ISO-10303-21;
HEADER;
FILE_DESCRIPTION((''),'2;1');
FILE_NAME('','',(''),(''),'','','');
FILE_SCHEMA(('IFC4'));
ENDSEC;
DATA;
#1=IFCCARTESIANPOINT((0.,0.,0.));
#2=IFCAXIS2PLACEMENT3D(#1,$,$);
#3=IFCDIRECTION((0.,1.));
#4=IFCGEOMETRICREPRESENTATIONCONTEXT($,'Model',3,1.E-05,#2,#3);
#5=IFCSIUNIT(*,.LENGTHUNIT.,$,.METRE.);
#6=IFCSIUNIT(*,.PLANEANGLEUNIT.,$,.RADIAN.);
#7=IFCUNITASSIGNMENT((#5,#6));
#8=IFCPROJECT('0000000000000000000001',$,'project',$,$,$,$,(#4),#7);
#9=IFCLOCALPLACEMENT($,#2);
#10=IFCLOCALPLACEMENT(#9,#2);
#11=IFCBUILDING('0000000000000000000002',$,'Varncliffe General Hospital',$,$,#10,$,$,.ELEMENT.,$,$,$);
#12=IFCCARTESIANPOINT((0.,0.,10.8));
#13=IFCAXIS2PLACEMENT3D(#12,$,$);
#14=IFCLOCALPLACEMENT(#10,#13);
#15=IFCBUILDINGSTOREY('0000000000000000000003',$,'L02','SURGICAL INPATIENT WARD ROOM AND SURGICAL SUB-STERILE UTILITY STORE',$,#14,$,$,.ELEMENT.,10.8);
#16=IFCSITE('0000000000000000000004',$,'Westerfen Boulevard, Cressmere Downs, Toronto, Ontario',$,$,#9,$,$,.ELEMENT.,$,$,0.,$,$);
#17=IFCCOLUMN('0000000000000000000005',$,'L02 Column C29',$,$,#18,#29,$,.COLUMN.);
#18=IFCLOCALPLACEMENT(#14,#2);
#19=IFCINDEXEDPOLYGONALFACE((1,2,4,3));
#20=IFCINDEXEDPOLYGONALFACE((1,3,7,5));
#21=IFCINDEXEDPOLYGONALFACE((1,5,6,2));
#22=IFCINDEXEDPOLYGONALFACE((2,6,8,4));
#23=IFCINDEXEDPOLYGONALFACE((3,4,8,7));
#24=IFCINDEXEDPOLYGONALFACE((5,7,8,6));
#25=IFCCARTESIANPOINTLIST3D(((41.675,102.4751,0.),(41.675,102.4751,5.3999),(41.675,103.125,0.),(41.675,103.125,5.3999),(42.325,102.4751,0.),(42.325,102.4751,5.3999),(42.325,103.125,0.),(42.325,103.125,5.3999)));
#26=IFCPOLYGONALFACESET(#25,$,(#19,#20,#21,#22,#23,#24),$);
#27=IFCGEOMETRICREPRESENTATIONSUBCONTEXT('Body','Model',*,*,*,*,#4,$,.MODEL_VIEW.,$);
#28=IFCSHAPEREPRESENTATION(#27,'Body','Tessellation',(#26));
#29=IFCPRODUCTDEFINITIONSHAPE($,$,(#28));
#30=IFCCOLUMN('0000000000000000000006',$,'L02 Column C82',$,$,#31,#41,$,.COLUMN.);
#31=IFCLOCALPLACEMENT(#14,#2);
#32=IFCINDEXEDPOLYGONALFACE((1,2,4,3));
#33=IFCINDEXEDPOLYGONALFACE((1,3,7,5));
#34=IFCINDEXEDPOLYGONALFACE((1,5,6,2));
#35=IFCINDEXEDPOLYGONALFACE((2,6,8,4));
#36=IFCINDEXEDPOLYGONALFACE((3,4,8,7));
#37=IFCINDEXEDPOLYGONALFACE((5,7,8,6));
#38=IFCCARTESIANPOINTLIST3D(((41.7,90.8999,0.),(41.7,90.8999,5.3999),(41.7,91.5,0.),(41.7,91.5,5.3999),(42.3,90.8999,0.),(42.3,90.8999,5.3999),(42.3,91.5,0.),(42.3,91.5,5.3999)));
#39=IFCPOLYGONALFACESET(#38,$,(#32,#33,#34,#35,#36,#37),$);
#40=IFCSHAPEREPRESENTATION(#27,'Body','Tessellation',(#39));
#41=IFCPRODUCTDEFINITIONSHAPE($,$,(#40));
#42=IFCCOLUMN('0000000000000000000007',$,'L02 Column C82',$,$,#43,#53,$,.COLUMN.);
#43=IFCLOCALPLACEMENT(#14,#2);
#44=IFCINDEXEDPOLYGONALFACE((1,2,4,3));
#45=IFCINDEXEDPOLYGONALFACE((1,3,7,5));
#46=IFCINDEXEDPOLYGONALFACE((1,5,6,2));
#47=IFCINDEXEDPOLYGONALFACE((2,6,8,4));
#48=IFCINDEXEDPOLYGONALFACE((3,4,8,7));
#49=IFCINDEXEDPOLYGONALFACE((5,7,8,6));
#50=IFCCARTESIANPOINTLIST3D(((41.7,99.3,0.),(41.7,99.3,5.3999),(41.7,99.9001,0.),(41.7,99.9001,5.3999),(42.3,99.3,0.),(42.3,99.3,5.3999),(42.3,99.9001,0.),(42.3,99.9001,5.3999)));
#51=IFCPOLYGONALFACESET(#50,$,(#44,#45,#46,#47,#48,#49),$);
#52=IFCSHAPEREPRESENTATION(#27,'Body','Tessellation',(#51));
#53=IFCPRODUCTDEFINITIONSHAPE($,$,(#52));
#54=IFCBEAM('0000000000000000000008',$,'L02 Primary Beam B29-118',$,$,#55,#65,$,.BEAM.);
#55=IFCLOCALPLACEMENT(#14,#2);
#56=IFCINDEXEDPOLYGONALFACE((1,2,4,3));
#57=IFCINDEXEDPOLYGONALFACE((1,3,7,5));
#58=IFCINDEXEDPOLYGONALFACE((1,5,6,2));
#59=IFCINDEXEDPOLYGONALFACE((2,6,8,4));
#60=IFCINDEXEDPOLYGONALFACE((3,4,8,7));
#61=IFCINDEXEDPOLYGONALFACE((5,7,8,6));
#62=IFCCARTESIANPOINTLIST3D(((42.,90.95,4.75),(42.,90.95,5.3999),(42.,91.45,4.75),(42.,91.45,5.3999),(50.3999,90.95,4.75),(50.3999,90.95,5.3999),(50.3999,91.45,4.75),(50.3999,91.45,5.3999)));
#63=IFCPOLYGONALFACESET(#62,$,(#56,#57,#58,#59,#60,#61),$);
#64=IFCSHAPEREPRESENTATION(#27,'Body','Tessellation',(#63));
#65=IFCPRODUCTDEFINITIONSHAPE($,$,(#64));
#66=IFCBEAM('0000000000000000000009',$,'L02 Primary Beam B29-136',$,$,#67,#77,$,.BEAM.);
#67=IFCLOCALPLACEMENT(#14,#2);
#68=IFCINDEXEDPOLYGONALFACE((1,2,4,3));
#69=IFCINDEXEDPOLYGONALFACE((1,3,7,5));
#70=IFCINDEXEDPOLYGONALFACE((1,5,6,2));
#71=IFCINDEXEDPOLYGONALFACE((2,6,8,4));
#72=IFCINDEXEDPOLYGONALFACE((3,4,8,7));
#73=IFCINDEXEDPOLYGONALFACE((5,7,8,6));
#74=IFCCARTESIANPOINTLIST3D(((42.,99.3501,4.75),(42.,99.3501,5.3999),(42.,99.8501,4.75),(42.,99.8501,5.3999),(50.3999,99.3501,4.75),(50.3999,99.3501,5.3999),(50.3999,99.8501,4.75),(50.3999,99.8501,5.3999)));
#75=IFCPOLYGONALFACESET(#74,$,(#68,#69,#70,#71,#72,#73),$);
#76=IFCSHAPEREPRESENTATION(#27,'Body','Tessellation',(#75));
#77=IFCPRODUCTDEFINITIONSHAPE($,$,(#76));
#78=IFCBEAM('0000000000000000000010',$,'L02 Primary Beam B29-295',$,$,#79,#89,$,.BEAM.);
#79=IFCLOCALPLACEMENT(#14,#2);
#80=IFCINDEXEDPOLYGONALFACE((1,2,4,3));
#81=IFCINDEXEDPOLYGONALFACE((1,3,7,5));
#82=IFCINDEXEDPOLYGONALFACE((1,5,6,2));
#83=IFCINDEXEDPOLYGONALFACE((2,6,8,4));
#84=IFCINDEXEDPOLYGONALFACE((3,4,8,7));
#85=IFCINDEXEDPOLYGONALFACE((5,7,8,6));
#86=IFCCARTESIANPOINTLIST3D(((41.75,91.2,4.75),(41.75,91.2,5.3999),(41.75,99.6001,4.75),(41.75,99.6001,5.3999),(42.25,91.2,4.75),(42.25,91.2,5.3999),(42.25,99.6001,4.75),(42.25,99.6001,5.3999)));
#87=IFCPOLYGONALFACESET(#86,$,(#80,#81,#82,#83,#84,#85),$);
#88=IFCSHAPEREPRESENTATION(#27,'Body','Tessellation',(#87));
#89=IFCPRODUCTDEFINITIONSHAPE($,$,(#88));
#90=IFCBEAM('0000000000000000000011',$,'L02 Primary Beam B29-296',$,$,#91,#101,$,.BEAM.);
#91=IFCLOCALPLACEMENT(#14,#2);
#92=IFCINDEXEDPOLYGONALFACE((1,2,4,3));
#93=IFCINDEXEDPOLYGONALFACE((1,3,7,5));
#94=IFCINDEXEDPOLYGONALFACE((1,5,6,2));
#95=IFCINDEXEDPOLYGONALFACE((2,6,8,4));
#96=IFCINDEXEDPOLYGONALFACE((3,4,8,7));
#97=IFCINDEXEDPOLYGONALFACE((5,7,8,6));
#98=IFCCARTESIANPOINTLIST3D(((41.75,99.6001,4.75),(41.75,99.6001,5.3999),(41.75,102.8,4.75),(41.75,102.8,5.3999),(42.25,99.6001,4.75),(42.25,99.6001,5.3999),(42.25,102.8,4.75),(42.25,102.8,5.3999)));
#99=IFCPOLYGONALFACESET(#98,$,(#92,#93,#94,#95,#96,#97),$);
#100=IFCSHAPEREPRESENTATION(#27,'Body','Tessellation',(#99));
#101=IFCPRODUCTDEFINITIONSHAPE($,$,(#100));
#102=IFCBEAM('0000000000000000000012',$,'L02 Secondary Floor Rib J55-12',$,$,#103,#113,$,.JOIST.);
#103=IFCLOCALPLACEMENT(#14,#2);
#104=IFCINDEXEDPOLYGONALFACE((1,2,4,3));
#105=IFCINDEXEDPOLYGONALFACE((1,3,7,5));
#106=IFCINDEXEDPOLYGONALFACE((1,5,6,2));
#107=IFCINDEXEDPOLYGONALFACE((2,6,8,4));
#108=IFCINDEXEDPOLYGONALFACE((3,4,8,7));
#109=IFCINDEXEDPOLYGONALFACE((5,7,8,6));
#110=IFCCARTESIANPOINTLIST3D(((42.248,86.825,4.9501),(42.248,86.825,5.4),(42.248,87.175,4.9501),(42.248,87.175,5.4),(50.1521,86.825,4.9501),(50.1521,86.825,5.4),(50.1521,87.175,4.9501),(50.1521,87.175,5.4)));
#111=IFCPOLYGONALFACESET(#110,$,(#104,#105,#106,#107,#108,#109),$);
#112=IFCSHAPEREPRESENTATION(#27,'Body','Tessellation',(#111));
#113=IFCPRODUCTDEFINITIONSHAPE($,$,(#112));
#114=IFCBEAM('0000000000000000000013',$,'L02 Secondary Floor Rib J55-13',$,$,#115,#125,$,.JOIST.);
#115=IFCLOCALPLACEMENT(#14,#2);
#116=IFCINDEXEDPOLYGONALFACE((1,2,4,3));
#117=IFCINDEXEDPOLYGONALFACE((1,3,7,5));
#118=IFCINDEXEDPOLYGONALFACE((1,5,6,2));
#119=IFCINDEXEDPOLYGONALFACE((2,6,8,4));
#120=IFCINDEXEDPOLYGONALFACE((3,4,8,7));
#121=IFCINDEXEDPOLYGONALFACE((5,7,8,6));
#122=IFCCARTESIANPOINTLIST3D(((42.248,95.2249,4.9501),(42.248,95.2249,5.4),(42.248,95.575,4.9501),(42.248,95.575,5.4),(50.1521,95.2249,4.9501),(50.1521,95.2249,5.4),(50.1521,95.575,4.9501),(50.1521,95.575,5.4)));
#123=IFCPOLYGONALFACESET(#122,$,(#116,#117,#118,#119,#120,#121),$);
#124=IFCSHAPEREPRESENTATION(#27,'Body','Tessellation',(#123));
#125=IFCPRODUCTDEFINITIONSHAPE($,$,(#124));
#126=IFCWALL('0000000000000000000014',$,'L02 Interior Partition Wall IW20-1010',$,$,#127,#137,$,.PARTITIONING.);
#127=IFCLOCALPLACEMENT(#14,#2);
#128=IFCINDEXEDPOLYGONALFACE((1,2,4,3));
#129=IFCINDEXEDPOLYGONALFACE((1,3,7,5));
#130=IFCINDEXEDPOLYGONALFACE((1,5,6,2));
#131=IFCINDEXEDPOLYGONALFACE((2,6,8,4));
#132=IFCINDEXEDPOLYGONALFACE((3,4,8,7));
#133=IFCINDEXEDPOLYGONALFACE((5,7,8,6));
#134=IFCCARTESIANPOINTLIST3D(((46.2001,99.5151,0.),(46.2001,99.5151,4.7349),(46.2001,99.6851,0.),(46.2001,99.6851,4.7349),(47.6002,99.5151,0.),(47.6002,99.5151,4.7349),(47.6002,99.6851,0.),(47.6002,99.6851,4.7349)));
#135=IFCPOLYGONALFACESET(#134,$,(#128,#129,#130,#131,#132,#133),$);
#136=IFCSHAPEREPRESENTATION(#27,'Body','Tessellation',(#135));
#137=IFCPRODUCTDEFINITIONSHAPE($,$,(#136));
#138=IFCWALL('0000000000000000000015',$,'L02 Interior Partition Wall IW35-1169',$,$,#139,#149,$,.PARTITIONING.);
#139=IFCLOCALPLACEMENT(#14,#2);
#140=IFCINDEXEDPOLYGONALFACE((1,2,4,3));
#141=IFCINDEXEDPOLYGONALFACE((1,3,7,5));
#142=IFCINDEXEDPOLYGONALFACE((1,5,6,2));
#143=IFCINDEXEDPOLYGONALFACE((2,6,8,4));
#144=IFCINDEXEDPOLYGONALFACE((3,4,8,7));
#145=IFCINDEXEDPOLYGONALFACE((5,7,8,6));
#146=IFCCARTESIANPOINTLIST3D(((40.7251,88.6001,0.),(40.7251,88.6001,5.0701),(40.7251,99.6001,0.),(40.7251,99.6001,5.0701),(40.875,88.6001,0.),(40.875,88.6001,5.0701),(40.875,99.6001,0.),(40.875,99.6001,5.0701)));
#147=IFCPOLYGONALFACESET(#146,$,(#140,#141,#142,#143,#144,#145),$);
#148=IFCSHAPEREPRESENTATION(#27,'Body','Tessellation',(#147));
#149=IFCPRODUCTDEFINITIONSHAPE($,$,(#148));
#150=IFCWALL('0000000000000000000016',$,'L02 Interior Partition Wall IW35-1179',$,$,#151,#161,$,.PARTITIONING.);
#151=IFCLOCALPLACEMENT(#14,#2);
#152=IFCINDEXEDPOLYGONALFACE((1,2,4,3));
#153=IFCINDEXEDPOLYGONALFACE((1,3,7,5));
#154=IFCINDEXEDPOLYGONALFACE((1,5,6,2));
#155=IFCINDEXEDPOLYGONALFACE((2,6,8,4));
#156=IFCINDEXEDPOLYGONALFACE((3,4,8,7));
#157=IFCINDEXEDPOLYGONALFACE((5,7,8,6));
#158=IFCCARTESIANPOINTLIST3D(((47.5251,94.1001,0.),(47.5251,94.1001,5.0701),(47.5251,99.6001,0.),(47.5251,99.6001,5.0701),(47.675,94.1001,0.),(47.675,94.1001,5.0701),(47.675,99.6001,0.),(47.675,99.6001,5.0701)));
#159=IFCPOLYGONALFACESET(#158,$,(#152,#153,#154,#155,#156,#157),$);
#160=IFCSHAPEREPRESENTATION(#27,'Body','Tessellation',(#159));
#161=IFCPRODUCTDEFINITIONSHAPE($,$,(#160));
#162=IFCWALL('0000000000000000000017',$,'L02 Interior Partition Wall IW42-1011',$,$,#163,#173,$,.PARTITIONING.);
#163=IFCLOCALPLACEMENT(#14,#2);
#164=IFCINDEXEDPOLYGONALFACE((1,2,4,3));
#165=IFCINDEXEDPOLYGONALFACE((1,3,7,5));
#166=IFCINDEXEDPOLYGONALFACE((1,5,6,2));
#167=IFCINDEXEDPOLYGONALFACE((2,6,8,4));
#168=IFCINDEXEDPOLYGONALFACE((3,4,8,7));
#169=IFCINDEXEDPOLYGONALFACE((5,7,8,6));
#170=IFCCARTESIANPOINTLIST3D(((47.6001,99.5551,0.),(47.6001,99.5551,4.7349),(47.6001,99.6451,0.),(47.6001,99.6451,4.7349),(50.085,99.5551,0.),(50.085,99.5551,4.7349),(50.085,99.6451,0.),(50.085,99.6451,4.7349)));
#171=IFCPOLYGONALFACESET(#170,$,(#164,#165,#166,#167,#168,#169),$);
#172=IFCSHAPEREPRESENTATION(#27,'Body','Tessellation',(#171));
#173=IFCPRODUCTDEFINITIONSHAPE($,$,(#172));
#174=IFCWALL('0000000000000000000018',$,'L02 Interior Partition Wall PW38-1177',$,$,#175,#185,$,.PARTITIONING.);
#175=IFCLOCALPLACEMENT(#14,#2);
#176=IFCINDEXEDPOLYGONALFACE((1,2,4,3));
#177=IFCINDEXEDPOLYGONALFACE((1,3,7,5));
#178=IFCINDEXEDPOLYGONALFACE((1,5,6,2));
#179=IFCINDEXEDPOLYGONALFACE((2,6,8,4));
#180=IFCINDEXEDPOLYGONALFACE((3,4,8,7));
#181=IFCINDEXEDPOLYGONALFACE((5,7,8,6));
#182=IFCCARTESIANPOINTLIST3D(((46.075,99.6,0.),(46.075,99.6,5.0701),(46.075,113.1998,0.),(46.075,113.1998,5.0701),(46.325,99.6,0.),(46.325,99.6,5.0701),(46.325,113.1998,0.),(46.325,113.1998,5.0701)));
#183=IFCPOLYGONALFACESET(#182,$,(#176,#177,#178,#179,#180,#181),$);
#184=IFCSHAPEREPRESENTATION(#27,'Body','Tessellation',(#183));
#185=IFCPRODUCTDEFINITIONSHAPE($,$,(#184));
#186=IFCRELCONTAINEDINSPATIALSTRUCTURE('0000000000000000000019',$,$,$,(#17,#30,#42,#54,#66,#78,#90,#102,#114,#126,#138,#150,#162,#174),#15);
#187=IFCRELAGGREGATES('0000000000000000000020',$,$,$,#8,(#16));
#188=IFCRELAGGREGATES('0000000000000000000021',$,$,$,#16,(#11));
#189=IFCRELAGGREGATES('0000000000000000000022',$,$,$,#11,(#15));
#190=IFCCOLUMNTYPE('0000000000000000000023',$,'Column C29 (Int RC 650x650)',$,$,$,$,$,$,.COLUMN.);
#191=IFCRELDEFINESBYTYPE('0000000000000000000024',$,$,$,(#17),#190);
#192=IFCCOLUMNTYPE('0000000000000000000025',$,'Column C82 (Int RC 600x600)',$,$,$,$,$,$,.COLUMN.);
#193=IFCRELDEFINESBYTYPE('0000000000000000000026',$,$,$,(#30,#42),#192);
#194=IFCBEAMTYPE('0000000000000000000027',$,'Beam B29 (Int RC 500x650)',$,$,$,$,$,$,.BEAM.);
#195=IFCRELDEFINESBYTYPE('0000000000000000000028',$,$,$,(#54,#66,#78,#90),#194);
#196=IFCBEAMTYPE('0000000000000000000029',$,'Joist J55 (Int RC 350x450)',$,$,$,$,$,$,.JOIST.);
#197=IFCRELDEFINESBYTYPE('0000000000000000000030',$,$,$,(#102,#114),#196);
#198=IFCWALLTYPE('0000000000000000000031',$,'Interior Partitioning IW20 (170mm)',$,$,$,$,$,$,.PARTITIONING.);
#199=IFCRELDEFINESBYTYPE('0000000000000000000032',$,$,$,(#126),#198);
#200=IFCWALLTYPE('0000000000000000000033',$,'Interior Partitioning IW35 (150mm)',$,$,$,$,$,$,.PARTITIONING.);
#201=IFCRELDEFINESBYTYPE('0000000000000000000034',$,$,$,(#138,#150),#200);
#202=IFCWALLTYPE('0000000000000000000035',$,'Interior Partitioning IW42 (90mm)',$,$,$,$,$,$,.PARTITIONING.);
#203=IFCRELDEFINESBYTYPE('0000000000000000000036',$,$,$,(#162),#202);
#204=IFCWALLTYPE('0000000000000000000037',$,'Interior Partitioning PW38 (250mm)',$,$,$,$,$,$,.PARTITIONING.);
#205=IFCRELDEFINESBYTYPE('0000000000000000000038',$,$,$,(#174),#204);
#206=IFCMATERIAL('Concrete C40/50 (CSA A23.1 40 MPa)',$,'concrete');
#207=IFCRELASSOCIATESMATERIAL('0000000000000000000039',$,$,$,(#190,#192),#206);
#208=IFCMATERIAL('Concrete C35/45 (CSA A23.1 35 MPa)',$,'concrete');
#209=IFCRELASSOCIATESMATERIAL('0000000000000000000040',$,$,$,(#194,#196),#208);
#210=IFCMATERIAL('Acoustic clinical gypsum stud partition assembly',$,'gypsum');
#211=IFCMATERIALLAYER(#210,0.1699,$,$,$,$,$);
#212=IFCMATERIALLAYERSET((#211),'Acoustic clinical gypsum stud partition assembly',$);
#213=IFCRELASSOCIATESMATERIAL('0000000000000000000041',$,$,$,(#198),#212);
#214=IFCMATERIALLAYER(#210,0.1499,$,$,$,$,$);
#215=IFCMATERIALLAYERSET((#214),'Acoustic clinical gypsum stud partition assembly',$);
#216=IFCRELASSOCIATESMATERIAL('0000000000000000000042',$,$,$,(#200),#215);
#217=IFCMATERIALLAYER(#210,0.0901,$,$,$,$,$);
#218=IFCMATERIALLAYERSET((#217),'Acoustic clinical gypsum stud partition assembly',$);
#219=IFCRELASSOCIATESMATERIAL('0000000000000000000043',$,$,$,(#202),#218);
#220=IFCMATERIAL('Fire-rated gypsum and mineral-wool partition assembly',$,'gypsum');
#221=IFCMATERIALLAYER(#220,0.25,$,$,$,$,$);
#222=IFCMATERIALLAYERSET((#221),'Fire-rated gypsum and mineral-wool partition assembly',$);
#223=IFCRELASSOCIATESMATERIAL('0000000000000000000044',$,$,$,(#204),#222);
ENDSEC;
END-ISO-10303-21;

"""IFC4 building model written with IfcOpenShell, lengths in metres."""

from ifc_helpers import new_model, si_unit, direction, frame, frame_2d, origin, origin_2d, place, context, subcontext, project, spatial, rectangle, extrude, material, layer, layer_set, material_profile, profile_set, type_object, element, save


model = new_model("IFC4")

# Units and contexts
model_context = context("Model", 3, precision=1e-05, world=origin(), true_north=direction((0.0, 1.0)))
body_context = subcontext(model_context, "Body", "Model", "MODEL_VIEW")
ifc_project = project(units=[si_unit("LENGTHUNIT", "METRE"), si_unit("PLANEANGLEUNIT", "RADIAN")], contexts=[model_context])

# Site, building, storey
site_placement = place(None, origin())
site = spatial("IfcSite", under=ifc_project, at=site_placement, Name="Westerfen Boulevard, Cressmere Downs, Toronto, Ontario", CompositionType="ELEMENT", RefElevation=0.0)
building_placement = place(site_placement, origin())
building = spatial("IfcBuilding", under=site, at=building_placement, Name="Varncliffe General Hospital", CompositionType="ELEMENT")
storey_placement = place(building_placement, frame((0.0, 0.0, 10.8)))
storey = spatial("IfcBuildingStorey", under=building, at=storey_placement, Name="L02", Description="SURGICAL INPATIENT WARD ROOM AND SURGICAL SUB-STERILE UTILITY STORE", CompositionType="ELEMENT", Elevation=10.8)

# Columns
ifc_material_1 = material(Name="Concrete C40/50 (CSA A23.1 40 MPa)", Category="concrete")
ifc_material_profile_1 = material_profile(ifc_material_1, rectangle(XDim=0.6499, YDim=0.6499, at=origin_2d()), Name="RC 650x650")
ifc_profile_set_1 = profile_set([ifc_material_profile_1], Name="Concrete C40/50 (CSA A23.1 40 MPa)")
column_type_1 = type_object("IfcColumnType", Name="Column C29 (Int RC 650x650)", PredefinedType="COLUMN", material=ifc_profile_set_1)
column_placement = place(storey_placement, frame((42.0, 102.8, 0.0), z_axis=(0.0, 0.0, 1.0), x_axis=(1.0, 0.0, 0.0)))
element("IfcColumn", 1, at=column_placement, inside=storey, type_object=column_type_1, Name="L02 Column C29", PredefinedType="COLUMN", context=body_context, shape_type="SweptSolid", body=[
    extrude(rectangle(XDim=0.6499, YDim=0.6499, at=origin_2d()), origin(), (0.0, 0.0, 1.0), 5.3999),
])
ifc_material_profile_2 = material_profile(ifc_material_1, rectangle(XDim=0.6001, YDim=0.6001, at=origin_2d()), Name="RC 600x600")
ifc_profile_set_2 = profile_set([ifc_material_profile_2], Name="Concrete C40/50 (CSA A23.1 40 MPa)")
column_type_2 = type_object("IfcColumnType", Name="Column C82 (Int RC 600x600)", PredefinedType="COLUMN", material=ifc_profile_set_2)
for number, where, z_axis, x_axis, name in (
    (2, (42.0, 91.2, 0.0), (0.0, 0.0, 1.0), (1.0, 0.0, 0.0), "L02 Column C82"),
    (3, (42.0, 99.6001, 0.0), (0.0, 0.0, 1.0), (1.0, 0.0, 0.0), "L02 Column C82"),
):
    element("IfcColumn", number, at=place(storey_placement, frame(where, z_axis=z_axis, x_axis=x_axis)), inside=storey, type_object=column_type_2, Name=name, PredefinedType="COLUMN", context=body_context, shape_type="SweptSolid", body=[
        extrude(rectangle(XDim=0.6001, YDim=0.6001, at=origin_2d()), origin(), (0.0, 0.0, 1.0), 5.3999),
    ])

# Beams
ifc_material_2 = material(Name="Concrete C35/45 (CSA A23.1 35 MPa)", Category="concrete")
ifc_material_profile_3 = material_profile(ifc_material_2, rectangle(XDim=0.5, YDim=0.6499, at=origin_2d()), Name="RC 500x650")
ifc_profile_set_3 = profile_set([ifc_material_profile_3], Name="Concrete C35/45 (CSA A23.1 35 MPa)")
beam_type_1 = type_object("IfcBeamType", Name="Beam B29 (Int RC 500x650)", PredefinedType="BEAM", material=ifc_profile_set_3)
for number, where, z_axis, x_axis, name in (
    (4, (42.0, 91.2, 5.075), (1.0, 0.0, 0.0), (0.0, 1.0, 0.0), "L02 Primary Beam B29-118"),
    (5, (42.0, 99.6001, 5.075), (1.0, 0.0, 0.0), (0.0, 1.0, 0.0), "L02 Primary Beam B29-136"),
):
    element("IfcBeam", number, at=place(storey_placement, frame(where, z_axis=z_axis, x_axis=x_axis)), inside=storey, type_object=beam_type_1, Name=name, PredefinedType="BEAM", context=body_context, shape_type="SweptSolid", body=[
        extrude(rectangle(XDim=0.5, YDim=0.6499, at=origin_2d()), origin(), (0.0, 0.0, 1.0), 8.3999),
    ])
beam_1_placement = place(storey_placement, frame((42.0, 91.2, 5.075), z_axis=(0.0, 1.0, 0.0), x_axis=(-1.0, 0.0, 0.0)))
element("IfcBeam", 6, at=beam_1_placement, inside=storey, type_object=beam_type_1, Name="L02 Primary Beam B29-295", PredefinedType="BEAM", context=body_context, shape_type="SweptSolid", body=[
    extrude(rectangle(XDim=0.5, YDim=0.6499, at=origin_2d()), origin(), (0.0, 0.0, 1.0), 8.4001),
])
beam_2_placement = place(storey_placement, frame((42.0, 99.6001, 5.075), z_axis=(0.0, 1.0, 0.0), x_axis=(-1.0, 0.0, 0.0)))
element("IfcBeam", 7, at=beam_2_placement, inside=storey, type_object=beam_type_1, Name="L02 Primary Beam B29-296", PredefinedType="BEAM", context=body_context, shape_type="SweptSolid", body=[
    extrude(rectangle(XDim=0.5, YDim=0.6499, at=origin_2d()), origin(), (0.0, 0.0, 1.0), 3.2),
])
ifc_material_profile_4 = material_profile(ifc_material_2, rectangle(XDim=0.3501, YDim=0.45, at=origin_2d()), Name="RC 350x450")
ifc_profile_set_4 = profile_set([ifc_material_profile_4], Name="Concrete C35/45 (CSA A23.1 35 MPa)")
beam_type_2 = type_object("IfcBeamType", Name="Joist J55 (Int RC 350x450)", PredefinedType="JOIST", material=ifc_profile_set_4)
for number, where, z_axis, x_axis, name in (
    (8, (42.248, 87.0, 5.175), (1.0, 0.0, 0.0), (0.0, 1.0, 0.0), "L02 Secondary Floor Rib J55-12"),
    (9, (42.248, 95.3999, 5.175), (1.0, 0.0, 0.0), (0.0, 1.0, 0.0), "L02 Secondary Floor Rib J55-13"),
):
    element("IfcBeam", number, at=place(storey_placement, frame(where, z_axis=z_axis, x_axis=x_axis)), inside=storey, type_object=beam_type_2, Name=name, PredefinedType="JOIST", context=body_context, shape_type="SweptSolid", body=[
        extrude(rectangle(XDim=0.3501, YDim=0.45, at=origin_2d()), origin(), (0.0, 0.0, 1.0), 7.9041),
    ])

# Walls
ifc_material_3 = material(Name="Acoustic clinical gypsum stud partition assembly", Category="gypsum")
ifc_layer_1 = layer(ifc_material_3, 0.1699)
ifc_layer_set_1 = layer_set([ifc_layer_1], Name="Acoustic clinical gypsum stud partition assembly")
wall_type_1 = type_object("IfcWallType", Name="Interior Partitioning IW20 (170mm)", PredefinedType="PARTITIONING", material=ifc_layer_set_1)
wall_1_placement = place(storey_placement, frame((46.2, 99.6001, 0.0), z_axis=(0.0, 0.0, 1.0), x_axis=(1.0, 0.0, 0.0)))
element("IfcWall", 10, at=wall_1_placement, inside=storey, type_object=wall_type_1, Name="L02 Interior Partition Wall IW20-1010", PredefinedType="PARTITIONING", context=body_context, shape_type="SweptSolid", body=[
    extrude(rectangle(XDim=1.4001, YDim=0.1699, at=frame_2d((0.7002, 0.0))), origin(), (0.0, 0.0, 1.0), 4.7349),
])
ifc_layer_2 = layer(ifc_material_3, 0.1499)
ifc_layer_set_2 = layer_set([ifc_layer_2], Name="Acoustic clinical gypsum stud partition assembly")
wall_type_2 = type_object("IfcWallType", Name="Interior Partitioning IW35 (150mm)", PredefinedType="PARTITIONING", material=ifc_layer_set_2)
wall_2_placement = place(storey_placement, frame((40.8, 88.6001, 0.0), z_axis=(0.0, 0.0, 1.0), x_axis=(0.0, 1.0, 0.0)))
element("IfcWall", 11, at=wall_2_placement, inside=storey, type_object=wall_type_2, Name="L02 Interior Partition Wall IW35-1169", PredefinedType="PARTITIONING", context=body_context, shape_type="SweptSolid", body=[
    extrude(rectangle(XDim=11.0, YDim=0.1499, at=frame_2d((5.5, 0.0))), origin(), (0.0, 0.0, 1.0), 5.0701),
])
wall_3_placement = place(storey_placement, frame((47.6001, 94.1001, 0.0), z_axis=(0.0, 0.0, 1.0), x_axis=(0.0, 1.0, 0.0)))
element("IfcWall", 12, at=wall_3_placement, inside=storey, type_object=wall_type_2, Name="L02 Interior Partition Wall IW35-1179", PredefinedType="PARTITIONING", context=body_context, shape_type="SweptSolid", body=[
    extrude(rectangle(XDim=5.5, YDim=0.1499, at=frame_2d((2.75, 0.0))), origin(), (0.0, 0.0, 1.0), 5.0701),
])
ifc_layer_3 = layer(ifc_material_3, 0.0901)
ifc_layer_set_3 = layer_set([ifc_layer_3], Name="Acoustic clinical gypsum stud partition assembly")
wall_type_3 = type_object("IfcWallType", Name="Interior Partitioning IW42 (90mm)", PredefinedType="PARTITIONING", material=ifc_layer_set_3)
wall_4_placement = place(storey_placement, frame((47.6001, 99.6001, 0.0), z_axis=(0.0, 0.0, 1.0), x_axis=(1.0, 0.0, 0.0)))
element("IfcWall", 13, at=wall_4_placement, inside=storey, type_object=wall_type_3, Name="L02 Interior Partition Wall IW42-1011", PredefinedType="PARTITIONING", context=body_context, shape_type="SweptSolid", body=[
    extrude(rectangle(XDim=2.4849, YDim=0.0901, at=frame_2d((1.2424, 0.0))), origin(), (0.0, 0.0, 1.0), 4.7349),
])
ifc_material_4 = material(Name="Fire-rated gypsum and mineral-wool partition assembly", Category="gypsum")
ifc_layer_4 = layer(ifc_material_4, 0.25)
ifc_layer_set_4 = layer_set([ifc_layer_4], Name="Fire-rated gypsum and mineral-wool partition assembly")
wall_type_4 = type_object("IfcWallType", Name="Interior Partitioning PW38 (250mm)", PredefinedType="PARTITIONING", material=ifc_layer_set_4)
wall_5_placement = place(storey_placement, frame((46.2, 99.6001, 0.0), z_axis=(0.0, 0.0, 1.0), x_axis=(0.0, 1.0, 0.0)))
element("IfcWall", 14, at=wall_5_placement, inside=storey, type_object=wall_type_4, Name="L02 Interior Partition Wall PW38-1177", PredefinedType="PARTITIONING", context=body_context, shape_type="SweptSolid", body=[
    extrude(rectangle(XDim=13.5999, YDim=0.25, at=frame_2d((6.7998, 0.0))), origin(), (0.0, 0.0, 1.0), 5.0701),
])

save(model, "model.ifc")
